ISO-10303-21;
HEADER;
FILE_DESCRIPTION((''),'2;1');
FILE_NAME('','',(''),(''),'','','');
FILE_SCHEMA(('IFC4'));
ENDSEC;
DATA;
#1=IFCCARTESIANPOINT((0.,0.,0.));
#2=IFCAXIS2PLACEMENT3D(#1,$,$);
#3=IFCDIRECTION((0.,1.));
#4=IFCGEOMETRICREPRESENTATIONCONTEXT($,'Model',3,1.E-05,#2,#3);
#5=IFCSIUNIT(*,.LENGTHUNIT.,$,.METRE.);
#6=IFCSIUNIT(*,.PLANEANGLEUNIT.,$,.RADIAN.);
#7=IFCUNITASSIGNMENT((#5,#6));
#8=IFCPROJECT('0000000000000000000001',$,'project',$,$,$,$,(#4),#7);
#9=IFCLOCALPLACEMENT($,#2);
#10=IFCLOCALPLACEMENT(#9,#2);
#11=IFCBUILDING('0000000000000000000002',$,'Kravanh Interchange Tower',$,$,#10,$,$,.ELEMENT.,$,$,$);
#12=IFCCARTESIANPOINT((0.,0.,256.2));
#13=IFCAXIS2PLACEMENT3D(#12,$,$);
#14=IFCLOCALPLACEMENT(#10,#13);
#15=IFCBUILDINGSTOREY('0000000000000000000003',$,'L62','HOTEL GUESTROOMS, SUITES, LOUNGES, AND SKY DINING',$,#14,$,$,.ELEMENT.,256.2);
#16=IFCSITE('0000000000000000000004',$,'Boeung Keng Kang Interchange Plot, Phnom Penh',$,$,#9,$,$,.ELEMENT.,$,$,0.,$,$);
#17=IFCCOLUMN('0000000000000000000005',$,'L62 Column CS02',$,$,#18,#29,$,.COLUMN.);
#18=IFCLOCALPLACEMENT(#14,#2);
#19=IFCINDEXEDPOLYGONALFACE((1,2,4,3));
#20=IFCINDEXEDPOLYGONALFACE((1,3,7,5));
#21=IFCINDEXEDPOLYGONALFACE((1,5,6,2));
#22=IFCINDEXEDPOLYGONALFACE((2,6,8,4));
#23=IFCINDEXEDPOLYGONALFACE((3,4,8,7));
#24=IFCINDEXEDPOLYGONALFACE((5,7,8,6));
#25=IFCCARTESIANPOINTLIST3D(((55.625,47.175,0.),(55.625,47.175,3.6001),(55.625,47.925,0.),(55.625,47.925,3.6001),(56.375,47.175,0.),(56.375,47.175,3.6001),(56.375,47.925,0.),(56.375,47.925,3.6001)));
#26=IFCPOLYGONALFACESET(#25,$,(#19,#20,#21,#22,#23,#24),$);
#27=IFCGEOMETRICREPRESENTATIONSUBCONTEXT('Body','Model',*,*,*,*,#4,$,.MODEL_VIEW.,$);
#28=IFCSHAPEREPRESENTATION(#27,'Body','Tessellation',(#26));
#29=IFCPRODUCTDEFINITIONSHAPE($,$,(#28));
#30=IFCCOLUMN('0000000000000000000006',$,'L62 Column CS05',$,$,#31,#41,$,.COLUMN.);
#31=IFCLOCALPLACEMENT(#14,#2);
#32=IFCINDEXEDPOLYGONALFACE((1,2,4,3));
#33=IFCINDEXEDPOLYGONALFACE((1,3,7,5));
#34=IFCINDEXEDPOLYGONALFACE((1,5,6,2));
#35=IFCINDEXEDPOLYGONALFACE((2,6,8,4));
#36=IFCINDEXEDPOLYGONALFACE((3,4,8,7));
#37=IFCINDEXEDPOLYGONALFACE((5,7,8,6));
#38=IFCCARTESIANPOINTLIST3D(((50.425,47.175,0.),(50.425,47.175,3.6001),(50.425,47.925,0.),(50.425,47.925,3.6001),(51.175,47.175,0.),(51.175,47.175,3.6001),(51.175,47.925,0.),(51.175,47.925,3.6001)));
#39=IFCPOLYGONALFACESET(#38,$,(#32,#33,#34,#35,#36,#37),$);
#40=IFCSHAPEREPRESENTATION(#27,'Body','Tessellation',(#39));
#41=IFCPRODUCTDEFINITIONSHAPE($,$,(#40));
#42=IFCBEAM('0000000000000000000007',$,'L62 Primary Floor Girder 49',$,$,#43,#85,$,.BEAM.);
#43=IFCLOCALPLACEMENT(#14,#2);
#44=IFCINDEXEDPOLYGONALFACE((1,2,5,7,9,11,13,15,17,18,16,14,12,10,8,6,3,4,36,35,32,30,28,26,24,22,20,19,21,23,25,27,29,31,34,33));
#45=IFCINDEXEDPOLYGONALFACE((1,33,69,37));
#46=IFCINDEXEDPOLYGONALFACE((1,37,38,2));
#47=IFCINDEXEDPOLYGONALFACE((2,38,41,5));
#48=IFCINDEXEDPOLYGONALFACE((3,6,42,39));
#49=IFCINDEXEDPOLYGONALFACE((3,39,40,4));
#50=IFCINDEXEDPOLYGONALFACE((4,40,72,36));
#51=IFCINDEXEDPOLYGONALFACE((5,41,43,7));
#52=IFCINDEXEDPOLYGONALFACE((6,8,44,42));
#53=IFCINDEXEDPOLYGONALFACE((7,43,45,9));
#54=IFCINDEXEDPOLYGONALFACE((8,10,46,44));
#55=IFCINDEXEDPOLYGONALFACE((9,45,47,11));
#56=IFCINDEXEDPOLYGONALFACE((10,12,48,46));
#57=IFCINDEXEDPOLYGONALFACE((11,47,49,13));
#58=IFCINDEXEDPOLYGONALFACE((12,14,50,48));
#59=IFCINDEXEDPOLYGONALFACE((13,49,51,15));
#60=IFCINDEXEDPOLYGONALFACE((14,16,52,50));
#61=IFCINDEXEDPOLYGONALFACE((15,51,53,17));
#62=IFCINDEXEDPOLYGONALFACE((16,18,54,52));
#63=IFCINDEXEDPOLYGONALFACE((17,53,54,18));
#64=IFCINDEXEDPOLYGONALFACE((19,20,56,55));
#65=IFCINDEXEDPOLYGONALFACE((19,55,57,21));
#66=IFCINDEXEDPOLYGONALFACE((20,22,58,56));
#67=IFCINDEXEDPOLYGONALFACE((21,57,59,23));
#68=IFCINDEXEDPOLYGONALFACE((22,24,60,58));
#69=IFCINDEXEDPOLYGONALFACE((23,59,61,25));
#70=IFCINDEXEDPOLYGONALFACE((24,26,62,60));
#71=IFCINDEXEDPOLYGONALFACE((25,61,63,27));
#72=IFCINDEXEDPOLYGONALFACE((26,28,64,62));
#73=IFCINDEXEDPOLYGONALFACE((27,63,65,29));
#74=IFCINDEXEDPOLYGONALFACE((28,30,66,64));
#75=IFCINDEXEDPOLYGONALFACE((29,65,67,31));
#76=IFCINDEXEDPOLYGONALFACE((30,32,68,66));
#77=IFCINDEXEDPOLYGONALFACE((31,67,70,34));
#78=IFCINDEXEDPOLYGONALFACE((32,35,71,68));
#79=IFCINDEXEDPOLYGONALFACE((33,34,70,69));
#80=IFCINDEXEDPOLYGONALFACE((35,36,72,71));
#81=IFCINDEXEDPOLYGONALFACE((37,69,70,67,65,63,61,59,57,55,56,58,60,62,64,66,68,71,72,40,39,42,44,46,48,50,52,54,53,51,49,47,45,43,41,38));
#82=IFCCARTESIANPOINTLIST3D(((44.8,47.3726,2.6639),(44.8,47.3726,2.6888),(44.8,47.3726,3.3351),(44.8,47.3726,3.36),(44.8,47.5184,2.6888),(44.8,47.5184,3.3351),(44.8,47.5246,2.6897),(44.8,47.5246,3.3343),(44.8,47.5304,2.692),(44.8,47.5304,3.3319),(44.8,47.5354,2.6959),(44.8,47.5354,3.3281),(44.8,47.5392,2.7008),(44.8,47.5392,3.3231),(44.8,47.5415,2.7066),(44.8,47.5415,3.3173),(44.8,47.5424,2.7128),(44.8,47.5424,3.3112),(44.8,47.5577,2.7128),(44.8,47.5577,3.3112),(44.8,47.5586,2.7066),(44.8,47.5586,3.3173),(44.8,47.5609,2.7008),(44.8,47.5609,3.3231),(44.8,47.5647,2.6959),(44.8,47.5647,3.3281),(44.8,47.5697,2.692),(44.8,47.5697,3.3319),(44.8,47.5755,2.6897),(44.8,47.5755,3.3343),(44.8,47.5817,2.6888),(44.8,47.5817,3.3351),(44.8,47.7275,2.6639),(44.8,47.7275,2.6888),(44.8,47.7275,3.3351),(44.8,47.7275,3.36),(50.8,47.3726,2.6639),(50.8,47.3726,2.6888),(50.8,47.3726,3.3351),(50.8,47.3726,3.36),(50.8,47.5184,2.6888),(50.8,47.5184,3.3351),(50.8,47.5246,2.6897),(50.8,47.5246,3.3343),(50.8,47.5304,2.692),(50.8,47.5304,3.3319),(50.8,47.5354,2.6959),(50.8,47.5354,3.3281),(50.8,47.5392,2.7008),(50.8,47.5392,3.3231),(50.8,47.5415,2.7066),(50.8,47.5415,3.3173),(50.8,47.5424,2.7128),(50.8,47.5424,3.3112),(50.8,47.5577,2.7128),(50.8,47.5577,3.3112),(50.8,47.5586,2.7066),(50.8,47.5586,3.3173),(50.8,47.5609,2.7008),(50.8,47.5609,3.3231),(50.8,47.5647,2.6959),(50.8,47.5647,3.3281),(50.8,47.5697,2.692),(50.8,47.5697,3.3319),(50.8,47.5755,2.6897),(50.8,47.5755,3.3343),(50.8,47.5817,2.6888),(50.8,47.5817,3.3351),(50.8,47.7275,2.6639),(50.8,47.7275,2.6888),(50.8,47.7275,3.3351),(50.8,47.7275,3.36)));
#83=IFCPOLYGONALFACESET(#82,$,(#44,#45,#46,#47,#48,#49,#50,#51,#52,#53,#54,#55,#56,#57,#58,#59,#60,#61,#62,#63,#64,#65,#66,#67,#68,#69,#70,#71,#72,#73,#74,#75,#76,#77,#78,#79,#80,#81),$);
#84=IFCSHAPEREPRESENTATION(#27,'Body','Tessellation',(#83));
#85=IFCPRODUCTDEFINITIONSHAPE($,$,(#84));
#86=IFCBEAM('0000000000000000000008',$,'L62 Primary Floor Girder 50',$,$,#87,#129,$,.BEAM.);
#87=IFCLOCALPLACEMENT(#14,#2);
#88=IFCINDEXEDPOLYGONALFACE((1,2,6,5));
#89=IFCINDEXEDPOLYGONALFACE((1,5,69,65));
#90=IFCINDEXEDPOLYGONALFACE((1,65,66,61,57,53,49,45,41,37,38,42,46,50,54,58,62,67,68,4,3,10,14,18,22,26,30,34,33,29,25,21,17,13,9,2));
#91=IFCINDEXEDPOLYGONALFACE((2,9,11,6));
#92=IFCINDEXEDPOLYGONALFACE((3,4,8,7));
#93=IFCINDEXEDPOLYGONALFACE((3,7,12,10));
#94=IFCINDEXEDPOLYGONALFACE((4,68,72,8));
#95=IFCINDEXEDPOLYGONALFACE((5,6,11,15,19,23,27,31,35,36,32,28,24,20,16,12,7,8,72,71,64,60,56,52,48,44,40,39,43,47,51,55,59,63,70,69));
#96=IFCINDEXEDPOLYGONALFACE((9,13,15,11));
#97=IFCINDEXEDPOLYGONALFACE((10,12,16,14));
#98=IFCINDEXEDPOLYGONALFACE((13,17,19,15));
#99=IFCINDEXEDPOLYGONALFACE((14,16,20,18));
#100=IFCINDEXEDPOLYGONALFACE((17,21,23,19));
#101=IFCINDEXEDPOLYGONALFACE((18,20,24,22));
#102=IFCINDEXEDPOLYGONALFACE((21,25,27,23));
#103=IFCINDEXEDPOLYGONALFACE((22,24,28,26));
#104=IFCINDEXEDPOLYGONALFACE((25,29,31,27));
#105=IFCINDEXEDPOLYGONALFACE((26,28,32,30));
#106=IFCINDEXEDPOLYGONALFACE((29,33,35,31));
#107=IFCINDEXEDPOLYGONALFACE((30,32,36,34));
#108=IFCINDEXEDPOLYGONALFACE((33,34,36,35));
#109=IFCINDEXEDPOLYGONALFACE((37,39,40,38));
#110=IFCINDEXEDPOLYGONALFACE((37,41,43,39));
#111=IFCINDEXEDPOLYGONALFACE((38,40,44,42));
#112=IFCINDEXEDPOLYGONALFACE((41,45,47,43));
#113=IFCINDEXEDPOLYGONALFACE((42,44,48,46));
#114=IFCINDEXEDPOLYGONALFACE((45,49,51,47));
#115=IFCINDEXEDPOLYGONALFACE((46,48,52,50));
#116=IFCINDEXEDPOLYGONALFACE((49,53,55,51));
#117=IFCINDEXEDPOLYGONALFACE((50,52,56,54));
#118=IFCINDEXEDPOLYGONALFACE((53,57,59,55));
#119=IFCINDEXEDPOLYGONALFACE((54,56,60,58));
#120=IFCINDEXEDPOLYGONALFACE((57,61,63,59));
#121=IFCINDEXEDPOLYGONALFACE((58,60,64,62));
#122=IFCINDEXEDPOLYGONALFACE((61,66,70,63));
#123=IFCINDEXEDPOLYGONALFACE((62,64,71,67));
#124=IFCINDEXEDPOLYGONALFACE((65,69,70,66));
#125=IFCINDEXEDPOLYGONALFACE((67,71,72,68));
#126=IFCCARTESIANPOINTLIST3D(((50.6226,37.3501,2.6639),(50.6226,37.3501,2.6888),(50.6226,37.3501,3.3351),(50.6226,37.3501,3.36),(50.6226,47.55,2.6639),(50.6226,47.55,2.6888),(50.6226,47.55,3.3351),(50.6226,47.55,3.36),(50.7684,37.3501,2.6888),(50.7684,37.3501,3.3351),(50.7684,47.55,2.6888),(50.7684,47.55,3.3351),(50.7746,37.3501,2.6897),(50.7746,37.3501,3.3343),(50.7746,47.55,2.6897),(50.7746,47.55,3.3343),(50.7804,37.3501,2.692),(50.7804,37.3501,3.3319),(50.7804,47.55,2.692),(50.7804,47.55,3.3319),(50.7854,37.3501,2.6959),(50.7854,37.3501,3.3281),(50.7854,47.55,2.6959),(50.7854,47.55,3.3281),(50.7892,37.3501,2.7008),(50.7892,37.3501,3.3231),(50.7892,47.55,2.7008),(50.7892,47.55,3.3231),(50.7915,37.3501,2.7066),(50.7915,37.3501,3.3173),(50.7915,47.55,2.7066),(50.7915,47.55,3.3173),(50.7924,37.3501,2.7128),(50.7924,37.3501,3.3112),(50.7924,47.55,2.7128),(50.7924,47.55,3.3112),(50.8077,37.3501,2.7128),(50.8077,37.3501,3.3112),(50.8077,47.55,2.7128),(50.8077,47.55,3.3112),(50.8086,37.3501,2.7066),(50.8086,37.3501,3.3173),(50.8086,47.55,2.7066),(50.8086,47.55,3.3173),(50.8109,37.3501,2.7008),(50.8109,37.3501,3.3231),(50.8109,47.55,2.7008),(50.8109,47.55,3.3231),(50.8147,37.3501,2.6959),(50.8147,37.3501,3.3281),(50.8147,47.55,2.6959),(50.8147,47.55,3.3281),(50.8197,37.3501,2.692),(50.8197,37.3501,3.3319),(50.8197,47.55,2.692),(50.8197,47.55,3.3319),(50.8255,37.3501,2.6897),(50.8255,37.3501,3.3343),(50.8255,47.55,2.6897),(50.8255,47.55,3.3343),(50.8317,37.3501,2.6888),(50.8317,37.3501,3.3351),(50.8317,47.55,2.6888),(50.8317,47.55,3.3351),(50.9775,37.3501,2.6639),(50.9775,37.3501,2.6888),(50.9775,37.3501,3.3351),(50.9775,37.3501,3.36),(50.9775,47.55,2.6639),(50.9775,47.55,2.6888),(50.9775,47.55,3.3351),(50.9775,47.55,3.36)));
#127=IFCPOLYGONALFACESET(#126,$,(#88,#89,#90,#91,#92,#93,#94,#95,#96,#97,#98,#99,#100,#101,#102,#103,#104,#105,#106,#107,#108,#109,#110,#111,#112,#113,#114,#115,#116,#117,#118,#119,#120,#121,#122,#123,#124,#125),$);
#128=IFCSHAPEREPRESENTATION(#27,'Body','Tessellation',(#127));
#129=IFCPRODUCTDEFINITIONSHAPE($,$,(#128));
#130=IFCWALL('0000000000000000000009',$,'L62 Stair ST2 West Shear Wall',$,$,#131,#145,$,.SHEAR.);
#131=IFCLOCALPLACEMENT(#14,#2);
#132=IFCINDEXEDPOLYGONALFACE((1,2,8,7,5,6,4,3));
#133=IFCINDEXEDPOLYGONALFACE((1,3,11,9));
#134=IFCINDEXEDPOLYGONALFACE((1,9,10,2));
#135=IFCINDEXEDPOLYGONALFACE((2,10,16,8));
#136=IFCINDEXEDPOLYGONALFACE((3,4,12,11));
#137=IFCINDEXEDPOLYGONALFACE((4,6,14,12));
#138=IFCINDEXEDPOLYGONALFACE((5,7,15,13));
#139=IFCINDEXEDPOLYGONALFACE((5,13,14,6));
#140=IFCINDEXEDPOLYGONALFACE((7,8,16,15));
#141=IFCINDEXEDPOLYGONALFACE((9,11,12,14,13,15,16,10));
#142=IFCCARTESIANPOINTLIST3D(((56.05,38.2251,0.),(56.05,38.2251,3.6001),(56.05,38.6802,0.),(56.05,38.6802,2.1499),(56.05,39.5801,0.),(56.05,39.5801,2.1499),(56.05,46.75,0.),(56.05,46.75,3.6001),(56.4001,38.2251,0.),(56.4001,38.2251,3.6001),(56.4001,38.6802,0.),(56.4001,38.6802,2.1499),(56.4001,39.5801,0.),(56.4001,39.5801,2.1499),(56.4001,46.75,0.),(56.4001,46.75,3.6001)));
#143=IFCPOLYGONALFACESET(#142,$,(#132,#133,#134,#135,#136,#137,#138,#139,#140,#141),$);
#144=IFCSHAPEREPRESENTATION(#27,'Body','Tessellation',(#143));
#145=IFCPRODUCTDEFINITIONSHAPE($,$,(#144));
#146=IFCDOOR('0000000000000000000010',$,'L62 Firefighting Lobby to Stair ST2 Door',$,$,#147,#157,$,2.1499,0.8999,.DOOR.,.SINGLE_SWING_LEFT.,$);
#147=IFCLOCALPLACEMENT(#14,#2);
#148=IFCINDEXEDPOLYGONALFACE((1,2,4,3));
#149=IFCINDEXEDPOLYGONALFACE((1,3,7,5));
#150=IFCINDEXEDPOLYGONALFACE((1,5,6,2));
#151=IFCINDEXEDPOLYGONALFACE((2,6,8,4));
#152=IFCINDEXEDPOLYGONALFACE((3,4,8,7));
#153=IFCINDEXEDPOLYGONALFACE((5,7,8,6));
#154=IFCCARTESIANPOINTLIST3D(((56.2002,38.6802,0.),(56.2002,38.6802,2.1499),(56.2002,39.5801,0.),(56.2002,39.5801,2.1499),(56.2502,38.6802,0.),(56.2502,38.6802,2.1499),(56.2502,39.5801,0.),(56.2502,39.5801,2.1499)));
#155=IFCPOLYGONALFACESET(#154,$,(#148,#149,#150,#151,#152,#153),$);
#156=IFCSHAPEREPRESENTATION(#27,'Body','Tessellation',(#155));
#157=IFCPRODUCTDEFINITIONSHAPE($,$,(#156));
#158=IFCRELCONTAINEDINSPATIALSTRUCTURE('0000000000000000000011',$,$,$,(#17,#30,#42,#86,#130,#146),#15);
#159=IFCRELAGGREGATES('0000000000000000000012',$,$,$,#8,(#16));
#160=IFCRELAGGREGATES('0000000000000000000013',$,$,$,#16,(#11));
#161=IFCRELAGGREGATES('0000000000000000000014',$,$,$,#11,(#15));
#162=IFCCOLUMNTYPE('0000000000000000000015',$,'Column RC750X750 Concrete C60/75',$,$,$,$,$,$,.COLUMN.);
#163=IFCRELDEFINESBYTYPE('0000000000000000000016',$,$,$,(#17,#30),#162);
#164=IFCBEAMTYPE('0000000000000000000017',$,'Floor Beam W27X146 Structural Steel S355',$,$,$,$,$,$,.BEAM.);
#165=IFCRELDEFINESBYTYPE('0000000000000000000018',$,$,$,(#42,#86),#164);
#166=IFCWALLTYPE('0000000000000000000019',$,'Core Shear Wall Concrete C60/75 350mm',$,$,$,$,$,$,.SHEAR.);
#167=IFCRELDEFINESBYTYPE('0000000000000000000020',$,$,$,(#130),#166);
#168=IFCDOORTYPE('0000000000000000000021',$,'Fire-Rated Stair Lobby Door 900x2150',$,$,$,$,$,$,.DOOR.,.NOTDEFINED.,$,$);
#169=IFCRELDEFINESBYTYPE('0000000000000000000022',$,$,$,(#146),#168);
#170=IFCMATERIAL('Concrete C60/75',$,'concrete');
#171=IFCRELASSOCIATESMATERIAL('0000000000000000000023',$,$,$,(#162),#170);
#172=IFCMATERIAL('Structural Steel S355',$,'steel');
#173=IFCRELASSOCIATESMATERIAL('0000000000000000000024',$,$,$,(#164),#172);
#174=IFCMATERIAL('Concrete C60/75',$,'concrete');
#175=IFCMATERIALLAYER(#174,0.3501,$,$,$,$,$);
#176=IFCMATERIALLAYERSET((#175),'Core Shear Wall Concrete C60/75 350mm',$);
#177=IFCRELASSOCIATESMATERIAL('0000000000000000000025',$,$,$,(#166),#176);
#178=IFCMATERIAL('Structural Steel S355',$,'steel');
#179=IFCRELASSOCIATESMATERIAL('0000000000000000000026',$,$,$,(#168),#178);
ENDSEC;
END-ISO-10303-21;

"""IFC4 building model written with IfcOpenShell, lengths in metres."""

from ifc_helpers import new_model, si_unit, direction, frame, frame_2d, origin, origin_2d, place, context, subcontext, project, spatial, rectangle, i_section, extrude, material, layer, layer_set, material_profile, profile_set, type_object, element, fill, save


model = new_model("IFC4")

# Units and contexts
model_context = context("Model", 3, precision=1e-05, world=origin(), true_north=direction((0.0, 1.0)))
body_context = subcontext(model_context, "Body", "Model", "MODEL_VIEW")
ifc_project = project(units=[si_unit("LENGTHUNIT", "METRE"), si_unit("PLANEANGLEUNIT", "RADIAN")], contexts=[model_context])

# Site, building, storey
site_placement = place(None, origin())
site = spatial("IfcSite", under=ifc_project, at=site_placement, Name="Boeung Keng Kang Interchange Plot, Phnom Penh", CompositionType="ELEMENT", RefElevation=0.0)
building_placement = place(site_placement, origin())
building = spatial("IfcBuilding", under=site, at=building_placement, Name="Kravanh Interchange Tower", CompositionType="ELEMENT")
storey_placement = place(building_placement, frame((0.0, 0.0, 256.2)))
storey = spatial("IfcBuildingStorey", under=building, at=storey_placement, Name="L62", Description="HOTEL GUESTROOMS, SUITES, LOUNGES, AND SKY DINING", CompositionType="ELEMENT", Elevation=256.2)

# Columns
ifc_material_1 = material(Name="Concrete C60/75", Category="concrete")
ifc_material_profile_1 = material_profile(ifc_material_1, rectangle(XDim=0.75, YDim=0.75, at=origin_2d()), Name="RC750X750")
ifc_profile_set_1 = profile_set([ifc_material_profile_1], Name="Concrete C60/75")
column_type = type_object("IfcColumnType", Name="Column RC750X750 Concrete C60/75", PredefinedType="COLUMN", material=ifc_profile_set_1)
for number, where, z_axis, x_axis, name in (
    (1, (56.0, 47.55, 0.0), (0.0, 0.0, 1.0), (1.0, 0.0, 0.0), "L62 Column CS02"),
    (2, (50.8, 47.55, 0.0), (0.0, 0.0, 1.0), (1.0, 0.0, 0.0), "L62 Column CS05"),
):
    element("IfcColumn", number, at=place(storey_placement, frame(where, z_axis=z_axis, x_axis=x_axis)), inside=storey, type_object=column_type, Name=name, PredefinedType="COLUMN", context=body_context, shape_type="SweptSolid", body=[
        extrude(rectangle(XDim=0.75, YDim=0.75, at=origin_2d()), origin(), (0.0, 0.0, 1.0), 3.6001),
    ])

# Beams
ifc_material_2 = material(Name="Structural Steel S355", Category="steel")
ifc_material_profile_2 = material_profile(ifc_material_2, i_section(OverallWidth=0.355, OverallDepth=0.696, WebThickness=0.0154, FlangeThickness=0.0249, FilletRadius=0.0239, at=origin_2d()), Name="W27X146")
ifc_profile_set_2 = profile_set([ifc_material_profile_2], Name="Structural Steel S355")
beam_type = type_object("IfcBeamType", Name="Floor Beam W27X146 Structural Steel S355", PredefinedType="BEAM", material=ifc_profile_set_2)
beam_1_placement = place(storey_placement, frame((50.8, 47.55, 3.012), z_axis=(-1.0, 0.0, 0.0), x_axis=(0.0, -1.0, 0.0)))
element("IfcBeam", 3, at=beam_1_placement, inside=storey, type_object=beam_type, Name="L62 Primary Floor Girder 49", PredefinedType="BEAM", context=body_context, shape_type="SweptSolid", body=[
    extrude(i_section(OverallWidth=0.355, OverallDepth=0.696, WebThickness=0.0154, FlangeThickness=0.0249, FilletRadius=0.0239, at=origin_2d()), origin(), (0.0, 0.0, 1.0), 6.0),
])
beam_2_placement = place(storey_placement, frame((50.8, 47.55, 3.012), z_axis=(0.0, -1.0, 0.0), x_axis=(1.0, 0.0, 0.0)))
element("IfcBeam", 4, at=beam_2_placement, inside=storey, type_object=beam_type, Name="L62 Primary Floor Girder 50", PredefinedType="BEAM", context=body_context, shape_type="SweptSolid", body=[
    extrude(i_section(OverallWidth=0.355, OverallDepth=0.696, WebThickness=0.0154, FlangeThickness=0.0249, FilletRadius=0.0239, at=origin_2d()), origin(), (0.0, 0.0, 1.0), 10.2),
])

# Wall, opening, door
ifc_material_3 = material(Name="Concrete C60/75", Category="concrete")
ifc_layer_1 = layer(ifc_material_3, 0.3501)
ifc_layer_set_1 = layer_set([ifc_layer_1], Name="Core Shear Wall Concrete C60/75 350mm")
wall_type = type_object("IfcWallType", Name="Core Shear Wall Concrete C60/75 350mm", PredefinedType="SHEAR", material=ifc_layer_set_1)
wall_1_placement = place(storey_placement, frame((56.2251, 38.2251, 0.0), z_axis=(0.0, 0.0, 1.0), x_axis=(0.0, 1.0, 0.0)))
wall_1 = element("IfcWall", 5, at=wall_1_placement, inside=storey, type_object=wall_type, Name="L62 Stair ST2 West Shear Wall", PredefinedType="SHEAR", context=body_context, shape_type="SweptSolid", body=[
    extrude(rectangle(XDim=8.5249, YDim=0.3501, at=frame_2d((4.2625, 0.0))), origin(), (0.0, 0.0, 1.0), 3.6001),
])
opening_1_placement = place(wall_1_placement, frame((0.4551, 0.0, 0.0)))
opening_1 = element("IfcOpeningElement", 6, at=opening_1_placement, cuts=wall_1, PredefinedType="OPENING", context=body_context, shape_type="SweptSolid", body=[
    extrude(rectangle(XDim=0.8999, YDim=2.1499, at=frame_2d((0.45, 1.075))), frame((0.0, 0.1851, 0.0), z_axis=(0.0, -1.0, 0.0), x_axis=(1.0, 0.0, 0.0)), (0.0, 0.0, 1.0), 0.3701),
])
ifc_material_4 = material(Name="Structural Steel S355", Category="steel")
door_type_1 = type_object("IfcDoorType", Name="Fire-Rated Stair Lobby Door 900x2150", OperationType="NOTDEFINED", PredefinedType="DOOR", material=ifc_material_4)
door_1_placement = place(opening_1_placement, origin())
door_1 = element("IfcDoor", 7, at=door_1_placement, inside=storey, type_object=door_type_1, Name="L62 Firefighting Lobby to Stair ST2 Door", OperationType="SINGLE_SWING_LEFT", OverallHeight=2.1499, OverallWidth=0.8999, PredefinedType="DOOR", context=body_context, shape_type="SweptSolid", body=[
    extrude(rectangle(XDim=0.8999, YDim=2.1499, at=frame_2d((0.45, 1.075))), frame((0.0, 0.0249, 0.0), z_axis=(0.0, -1.0, 0.0), x_axis=(1.0, 0.0, 0.0)), (0.0, 0.0, 1.0), 0.05),
])
fill(opening_1, door_1)

save(model, "model.ifc")
